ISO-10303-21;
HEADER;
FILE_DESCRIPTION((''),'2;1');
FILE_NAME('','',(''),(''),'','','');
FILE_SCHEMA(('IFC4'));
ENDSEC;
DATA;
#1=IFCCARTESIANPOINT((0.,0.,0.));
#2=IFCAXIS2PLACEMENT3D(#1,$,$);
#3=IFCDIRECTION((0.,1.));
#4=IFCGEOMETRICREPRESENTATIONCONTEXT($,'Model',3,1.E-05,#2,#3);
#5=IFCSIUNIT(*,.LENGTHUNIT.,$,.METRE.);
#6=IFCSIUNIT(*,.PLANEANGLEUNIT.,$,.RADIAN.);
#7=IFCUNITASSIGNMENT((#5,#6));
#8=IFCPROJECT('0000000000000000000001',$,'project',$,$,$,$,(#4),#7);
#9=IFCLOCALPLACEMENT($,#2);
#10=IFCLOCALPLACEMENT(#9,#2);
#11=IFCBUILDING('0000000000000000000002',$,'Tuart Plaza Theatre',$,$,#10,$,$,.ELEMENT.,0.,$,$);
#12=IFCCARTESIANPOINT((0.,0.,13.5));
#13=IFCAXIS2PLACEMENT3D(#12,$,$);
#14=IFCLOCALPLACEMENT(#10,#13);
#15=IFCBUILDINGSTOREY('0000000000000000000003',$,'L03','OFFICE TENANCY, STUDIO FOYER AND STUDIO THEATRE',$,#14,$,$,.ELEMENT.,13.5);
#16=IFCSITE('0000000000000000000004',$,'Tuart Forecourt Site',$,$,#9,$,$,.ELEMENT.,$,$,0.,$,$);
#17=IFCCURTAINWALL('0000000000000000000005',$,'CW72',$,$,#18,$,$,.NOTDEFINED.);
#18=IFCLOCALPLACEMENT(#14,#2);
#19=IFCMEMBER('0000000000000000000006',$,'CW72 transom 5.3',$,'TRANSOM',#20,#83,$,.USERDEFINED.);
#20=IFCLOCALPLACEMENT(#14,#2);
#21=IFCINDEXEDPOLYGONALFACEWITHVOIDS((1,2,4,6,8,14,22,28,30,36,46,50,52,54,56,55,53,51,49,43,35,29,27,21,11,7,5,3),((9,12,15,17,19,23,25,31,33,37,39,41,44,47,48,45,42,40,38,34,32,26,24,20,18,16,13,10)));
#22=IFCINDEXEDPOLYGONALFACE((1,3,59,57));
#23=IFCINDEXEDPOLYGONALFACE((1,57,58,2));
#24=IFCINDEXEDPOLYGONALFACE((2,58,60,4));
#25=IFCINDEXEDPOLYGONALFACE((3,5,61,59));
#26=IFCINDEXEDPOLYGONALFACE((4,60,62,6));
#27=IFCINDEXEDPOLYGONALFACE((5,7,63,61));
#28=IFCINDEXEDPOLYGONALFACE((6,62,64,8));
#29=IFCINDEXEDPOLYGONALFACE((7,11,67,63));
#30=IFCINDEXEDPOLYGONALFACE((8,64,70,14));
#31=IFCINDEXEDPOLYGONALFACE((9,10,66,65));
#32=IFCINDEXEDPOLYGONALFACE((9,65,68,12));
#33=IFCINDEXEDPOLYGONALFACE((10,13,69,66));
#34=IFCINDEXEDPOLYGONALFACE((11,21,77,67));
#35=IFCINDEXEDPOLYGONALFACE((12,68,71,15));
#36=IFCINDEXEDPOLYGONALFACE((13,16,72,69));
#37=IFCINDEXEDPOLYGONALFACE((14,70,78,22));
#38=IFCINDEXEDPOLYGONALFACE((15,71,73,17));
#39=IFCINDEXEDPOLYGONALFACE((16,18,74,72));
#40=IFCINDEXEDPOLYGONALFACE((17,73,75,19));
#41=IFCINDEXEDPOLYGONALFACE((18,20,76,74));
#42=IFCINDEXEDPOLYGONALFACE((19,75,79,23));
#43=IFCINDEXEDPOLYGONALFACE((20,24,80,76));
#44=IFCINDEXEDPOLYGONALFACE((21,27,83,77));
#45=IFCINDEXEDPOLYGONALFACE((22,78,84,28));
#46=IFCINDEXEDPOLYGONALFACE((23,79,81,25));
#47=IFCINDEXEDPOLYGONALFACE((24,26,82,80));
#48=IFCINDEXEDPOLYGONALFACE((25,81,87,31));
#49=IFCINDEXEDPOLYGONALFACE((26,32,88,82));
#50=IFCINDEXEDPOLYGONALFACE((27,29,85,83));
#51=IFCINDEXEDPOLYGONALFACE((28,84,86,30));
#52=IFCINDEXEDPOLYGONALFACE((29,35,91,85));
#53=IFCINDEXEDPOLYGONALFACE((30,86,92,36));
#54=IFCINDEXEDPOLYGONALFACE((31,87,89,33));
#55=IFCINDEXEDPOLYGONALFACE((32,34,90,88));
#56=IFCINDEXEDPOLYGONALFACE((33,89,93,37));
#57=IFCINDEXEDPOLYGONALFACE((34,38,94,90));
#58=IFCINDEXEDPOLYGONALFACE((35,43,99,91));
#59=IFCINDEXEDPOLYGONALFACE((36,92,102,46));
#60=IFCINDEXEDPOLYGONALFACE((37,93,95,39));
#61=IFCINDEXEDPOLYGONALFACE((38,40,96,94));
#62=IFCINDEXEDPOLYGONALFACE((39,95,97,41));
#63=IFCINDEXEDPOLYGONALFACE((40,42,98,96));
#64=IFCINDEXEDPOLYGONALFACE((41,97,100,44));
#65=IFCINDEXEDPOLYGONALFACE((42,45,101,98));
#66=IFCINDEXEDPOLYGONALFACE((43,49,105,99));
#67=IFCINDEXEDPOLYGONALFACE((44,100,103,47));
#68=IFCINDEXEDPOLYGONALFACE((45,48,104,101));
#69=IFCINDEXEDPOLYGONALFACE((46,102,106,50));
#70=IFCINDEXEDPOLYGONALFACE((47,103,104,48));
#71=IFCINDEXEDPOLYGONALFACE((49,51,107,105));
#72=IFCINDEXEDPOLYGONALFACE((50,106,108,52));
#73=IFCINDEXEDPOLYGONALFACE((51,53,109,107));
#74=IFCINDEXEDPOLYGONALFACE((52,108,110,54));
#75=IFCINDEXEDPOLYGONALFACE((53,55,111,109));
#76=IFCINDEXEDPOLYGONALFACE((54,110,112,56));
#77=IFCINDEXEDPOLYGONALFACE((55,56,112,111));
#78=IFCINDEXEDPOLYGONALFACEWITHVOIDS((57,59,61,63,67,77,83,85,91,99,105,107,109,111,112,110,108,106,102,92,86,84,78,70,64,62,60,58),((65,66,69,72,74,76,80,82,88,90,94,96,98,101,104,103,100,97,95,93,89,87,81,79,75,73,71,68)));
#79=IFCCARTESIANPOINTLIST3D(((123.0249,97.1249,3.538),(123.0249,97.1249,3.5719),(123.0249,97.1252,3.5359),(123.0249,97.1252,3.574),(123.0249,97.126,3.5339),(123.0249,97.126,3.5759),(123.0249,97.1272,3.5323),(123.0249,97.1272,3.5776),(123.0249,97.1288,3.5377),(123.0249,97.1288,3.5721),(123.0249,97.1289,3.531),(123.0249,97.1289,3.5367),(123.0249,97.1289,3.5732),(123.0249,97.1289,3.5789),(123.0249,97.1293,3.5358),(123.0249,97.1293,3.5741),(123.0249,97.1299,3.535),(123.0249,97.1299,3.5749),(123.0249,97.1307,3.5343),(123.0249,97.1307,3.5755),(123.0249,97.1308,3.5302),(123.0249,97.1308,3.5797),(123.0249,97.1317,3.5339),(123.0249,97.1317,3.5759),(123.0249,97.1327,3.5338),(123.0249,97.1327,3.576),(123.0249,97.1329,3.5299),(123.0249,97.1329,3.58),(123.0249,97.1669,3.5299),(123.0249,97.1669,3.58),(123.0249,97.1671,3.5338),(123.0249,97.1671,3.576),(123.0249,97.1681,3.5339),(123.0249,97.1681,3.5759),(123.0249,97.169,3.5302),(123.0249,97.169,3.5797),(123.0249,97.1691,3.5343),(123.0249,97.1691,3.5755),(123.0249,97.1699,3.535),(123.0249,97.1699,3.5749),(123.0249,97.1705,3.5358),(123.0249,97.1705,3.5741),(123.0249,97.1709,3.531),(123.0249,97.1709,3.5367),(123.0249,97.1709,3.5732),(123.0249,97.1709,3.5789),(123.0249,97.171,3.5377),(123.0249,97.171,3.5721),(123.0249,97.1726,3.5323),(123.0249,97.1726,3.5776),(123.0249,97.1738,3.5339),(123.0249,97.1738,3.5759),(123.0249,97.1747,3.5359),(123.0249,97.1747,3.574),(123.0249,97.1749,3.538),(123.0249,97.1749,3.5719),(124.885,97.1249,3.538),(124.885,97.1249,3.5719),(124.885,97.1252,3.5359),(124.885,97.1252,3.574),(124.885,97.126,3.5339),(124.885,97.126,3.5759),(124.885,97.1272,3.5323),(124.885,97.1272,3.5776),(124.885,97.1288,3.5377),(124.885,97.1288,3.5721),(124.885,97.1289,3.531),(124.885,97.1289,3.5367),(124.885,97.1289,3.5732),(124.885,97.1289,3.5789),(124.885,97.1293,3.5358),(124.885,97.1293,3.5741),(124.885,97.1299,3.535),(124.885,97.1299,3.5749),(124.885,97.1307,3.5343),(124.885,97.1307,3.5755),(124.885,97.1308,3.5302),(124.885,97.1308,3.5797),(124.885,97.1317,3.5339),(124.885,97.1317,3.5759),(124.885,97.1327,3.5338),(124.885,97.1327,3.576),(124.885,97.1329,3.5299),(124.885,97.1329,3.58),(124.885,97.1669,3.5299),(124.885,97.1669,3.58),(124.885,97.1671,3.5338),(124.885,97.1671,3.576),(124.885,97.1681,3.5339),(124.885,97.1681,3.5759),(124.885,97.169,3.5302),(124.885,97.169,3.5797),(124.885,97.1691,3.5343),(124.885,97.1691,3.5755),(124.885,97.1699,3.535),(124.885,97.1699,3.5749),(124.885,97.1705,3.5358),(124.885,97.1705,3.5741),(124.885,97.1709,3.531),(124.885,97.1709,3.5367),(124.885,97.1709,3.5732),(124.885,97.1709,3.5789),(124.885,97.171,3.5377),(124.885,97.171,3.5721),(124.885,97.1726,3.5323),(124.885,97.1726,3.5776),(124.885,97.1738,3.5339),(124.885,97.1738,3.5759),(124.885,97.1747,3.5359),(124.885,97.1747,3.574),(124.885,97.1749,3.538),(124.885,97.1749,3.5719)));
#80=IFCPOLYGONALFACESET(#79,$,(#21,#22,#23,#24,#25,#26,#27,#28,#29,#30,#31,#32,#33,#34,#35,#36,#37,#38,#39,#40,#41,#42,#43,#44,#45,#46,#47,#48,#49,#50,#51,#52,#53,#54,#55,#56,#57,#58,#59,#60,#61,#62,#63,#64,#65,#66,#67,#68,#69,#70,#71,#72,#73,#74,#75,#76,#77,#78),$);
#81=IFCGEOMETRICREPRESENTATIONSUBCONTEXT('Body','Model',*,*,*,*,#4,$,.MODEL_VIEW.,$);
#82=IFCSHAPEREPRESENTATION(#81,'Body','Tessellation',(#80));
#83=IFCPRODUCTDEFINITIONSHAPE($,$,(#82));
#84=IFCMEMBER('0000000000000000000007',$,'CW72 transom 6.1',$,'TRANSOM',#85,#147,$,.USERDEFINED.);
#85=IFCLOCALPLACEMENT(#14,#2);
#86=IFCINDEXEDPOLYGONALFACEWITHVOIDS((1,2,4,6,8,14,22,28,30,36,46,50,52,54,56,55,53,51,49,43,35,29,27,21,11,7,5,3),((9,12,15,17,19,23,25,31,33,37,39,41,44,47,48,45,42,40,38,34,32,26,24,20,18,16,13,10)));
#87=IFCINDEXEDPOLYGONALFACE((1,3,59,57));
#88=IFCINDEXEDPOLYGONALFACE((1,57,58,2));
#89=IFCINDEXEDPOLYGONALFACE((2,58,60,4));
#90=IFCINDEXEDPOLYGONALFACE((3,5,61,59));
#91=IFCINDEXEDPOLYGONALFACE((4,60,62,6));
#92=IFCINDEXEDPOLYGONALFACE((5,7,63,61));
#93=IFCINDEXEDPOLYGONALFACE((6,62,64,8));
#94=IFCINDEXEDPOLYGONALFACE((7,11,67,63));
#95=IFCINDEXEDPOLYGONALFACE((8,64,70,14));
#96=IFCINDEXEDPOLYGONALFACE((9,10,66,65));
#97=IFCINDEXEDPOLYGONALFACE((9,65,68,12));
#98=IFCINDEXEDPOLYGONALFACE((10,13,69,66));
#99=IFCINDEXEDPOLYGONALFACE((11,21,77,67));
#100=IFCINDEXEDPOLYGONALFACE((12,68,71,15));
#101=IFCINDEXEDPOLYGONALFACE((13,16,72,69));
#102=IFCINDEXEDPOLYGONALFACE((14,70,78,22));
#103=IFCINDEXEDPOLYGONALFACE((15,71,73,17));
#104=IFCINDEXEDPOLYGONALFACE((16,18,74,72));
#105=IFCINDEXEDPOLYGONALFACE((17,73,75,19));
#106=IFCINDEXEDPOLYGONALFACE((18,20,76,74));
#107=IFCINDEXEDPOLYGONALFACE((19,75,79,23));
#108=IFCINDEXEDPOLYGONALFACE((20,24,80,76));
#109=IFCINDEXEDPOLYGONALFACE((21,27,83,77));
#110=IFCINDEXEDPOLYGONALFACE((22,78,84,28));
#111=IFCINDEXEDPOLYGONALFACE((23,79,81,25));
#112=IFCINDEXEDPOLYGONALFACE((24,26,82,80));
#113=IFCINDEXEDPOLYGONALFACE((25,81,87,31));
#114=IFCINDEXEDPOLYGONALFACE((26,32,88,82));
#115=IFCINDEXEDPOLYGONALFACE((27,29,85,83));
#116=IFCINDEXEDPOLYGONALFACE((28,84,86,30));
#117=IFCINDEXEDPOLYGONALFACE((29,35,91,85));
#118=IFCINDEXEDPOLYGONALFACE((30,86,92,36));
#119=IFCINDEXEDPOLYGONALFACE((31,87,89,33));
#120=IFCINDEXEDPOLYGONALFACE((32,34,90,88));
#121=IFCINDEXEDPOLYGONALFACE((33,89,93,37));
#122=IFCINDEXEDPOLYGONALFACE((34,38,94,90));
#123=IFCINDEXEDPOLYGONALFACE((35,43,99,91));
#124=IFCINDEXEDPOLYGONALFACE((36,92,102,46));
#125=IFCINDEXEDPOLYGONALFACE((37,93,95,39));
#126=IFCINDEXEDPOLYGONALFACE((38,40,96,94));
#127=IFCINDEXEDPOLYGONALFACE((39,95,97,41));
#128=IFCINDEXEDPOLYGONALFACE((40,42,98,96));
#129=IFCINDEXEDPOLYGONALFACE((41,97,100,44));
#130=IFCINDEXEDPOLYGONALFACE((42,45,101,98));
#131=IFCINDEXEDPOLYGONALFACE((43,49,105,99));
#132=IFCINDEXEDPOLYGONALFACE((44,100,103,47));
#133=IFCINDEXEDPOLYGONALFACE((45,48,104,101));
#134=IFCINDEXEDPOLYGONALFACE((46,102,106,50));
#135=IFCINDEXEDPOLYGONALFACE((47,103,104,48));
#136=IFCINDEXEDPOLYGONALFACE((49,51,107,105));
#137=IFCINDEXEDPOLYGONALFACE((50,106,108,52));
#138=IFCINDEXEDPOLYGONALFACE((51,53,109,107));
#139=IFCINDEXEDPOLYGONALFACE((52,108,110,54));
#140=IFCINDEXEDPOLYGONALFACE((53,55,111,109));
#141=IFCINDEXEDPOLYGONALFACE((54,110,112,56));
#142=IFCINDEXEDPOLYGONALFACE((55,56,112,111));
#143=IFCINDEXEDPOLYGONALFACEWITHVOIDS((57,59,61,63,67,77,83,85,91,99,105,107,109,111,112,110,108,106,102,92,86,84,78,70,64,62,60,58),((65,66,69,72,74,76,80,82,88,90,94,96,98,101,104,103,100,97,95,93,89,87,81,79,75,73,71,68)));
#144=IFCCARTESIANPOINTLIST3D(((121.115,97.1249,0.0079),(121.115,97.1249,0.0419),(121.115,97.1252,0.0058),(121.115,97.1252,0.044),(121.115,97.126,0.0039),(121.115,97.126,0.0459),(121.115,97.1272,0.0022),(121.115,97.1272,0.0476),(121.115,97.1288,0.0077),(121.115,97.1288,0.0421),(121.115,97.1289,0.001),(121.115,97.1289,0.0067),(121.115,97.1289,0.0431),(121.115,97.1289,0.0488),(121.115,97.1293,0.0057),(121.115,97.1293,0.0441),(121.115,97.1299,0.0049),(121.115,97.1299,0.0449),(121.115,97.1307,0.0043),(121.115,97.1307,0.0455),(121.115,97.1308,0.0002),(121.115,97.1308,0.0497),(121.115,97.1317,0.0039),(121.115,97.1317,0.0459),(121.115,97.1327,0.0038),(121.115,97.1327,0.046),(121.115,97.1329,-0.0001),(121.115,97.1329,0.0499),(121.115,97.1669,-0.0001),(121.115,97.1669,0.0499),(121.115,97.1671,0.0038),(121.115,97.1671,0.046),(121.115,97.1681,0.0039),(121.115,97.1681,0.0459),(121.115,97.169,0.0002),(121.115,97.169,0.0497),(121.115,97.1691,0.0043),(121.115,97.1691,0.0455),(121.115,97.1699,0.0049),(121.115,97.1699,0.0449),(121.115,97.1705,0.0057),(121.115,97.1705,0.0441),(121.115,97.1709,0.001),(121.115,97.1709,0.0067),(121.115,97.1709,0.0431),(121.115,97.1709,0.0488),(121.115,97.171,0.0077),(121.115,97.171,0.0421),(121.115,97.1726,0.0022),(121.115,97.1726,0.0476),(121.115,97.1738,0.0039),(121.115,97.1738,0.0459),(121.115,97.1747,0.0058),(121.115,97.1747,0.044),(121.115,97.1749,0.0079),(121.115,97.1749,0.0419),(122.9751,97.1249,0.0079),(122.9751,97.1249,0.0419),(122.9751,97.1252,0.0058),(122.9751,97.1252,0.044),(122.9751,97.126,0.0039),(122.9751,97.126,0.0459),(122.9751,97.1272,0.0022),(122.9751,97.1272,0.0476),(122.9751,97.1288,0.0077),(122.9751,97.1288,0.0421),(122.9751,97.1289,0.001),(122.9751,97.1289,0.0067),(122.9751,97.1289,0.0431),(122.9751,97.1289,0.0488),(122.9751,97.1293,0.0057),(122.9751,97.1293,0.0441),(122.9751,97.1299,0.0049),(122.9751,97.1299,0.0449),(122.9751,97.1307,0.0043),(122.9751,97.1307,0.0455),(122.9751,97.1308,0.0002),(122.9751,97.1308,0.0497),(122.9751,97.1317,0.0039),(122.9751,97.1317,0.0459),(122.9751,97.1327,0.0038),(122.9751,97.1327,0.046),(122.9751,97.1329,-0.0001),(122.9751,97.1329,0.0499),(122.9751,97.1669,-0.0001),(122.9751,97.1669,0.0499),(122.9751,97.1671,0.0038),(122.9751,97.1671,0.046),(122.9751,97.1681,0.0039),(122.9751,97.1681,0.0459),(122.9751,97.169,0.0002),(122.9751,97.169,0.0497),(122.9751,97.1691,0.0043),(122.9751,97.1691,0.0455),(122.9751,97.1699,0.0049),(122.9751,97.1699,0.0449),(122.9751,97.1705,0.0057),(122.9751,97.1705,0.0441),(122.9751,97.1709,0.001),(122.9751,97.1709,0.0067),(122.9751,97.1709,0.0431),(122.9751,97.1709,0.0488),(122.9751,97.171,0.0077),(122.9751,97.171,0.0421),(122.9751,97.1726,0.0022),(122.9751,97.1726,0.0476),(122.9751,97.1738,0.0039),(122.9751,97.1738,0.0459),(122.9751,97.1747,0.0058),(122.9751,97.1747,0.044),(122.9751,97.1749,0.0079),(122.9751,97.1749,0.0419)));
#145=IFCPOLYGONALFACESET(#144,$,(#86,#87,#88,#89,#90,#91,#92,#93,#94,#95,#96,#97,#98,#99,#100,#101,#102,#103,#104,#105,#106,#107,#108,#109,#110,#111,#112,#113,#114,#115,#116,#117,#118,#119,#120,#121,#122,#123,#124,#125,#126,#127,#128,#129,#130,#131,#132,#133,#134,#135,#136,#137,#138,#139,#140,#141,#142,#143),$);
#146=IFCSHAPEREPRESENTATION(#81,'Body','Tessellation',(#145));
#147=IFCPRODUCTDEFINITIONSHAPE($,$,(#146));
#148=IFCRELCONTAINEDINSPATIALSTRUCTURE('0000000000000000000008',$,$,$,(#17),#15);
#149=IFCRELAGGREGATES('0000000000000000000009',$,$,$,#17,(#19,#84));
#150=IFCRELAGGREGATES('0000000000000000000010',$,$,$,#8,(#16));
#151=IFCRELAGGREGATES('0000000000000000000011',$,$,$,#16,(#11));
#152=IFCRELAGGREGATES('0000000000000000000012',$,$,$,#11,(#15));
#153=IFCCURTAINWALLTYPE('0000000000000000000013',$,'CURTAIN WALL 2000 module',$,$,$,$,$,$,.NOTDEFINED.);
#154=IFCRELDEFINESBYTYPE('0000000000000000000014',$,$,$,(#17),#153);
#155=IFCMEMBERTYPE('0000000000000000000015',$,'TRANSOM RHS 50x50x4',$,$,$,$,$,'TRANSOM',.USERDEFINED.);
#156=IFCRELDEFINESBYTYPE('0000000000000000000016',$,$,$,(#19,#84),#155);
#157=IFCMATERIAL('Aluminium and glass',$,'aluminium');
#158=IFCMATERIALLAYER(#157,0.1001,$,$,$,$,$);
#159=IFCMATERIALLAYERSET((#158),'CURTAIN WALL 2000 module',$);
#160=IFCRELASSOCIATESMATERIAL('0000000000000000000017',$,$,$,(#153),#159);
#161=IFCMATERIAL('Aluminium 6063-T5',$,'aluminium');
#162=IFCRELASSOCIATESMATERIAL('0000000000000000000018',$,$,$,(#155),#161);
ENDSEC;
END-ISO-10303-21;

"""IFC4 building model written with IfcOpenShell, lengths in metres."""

from ifc_helpers import new_model, si_unit, direction, frame, origin, origin_2d, place, context, subcontext, project, spatial, hollow_rectangle, extrude, material, layer, layer_set, material_profile, profile_set, type_object, element, aggregate, save


model = new_model("IFC4")

# Units and contexts
model_context = context("Model", 3, precision=1e-05, world=origin(), true_north=direction((0.0, 1.0)))
body_context = subcontext(model_context, "Body", "Model", "MODEL_VIEW")
ifc_project = project(units=[si_unit("LENGTHUNIT", "METRE"), si_unit("PLANEANGLEUNIT", "RADIAN")], contexts=[model_context])

# Site, building, storey
site_placement = place(None, origin())
site = spatial("IfcSite", under=ifc_project, at=site_placement, Name="Tuart Forecourt Site", CompositionType="ELEMENT", RefElevation=0.0)
building_placement = place(site_placement, origin())
building = spatial("IfcBuilding", under=site, at=building_placement, Name="Tuart Plaza Theatre", CompositionType="ELEMENT", ElevationOfRefHeight=0.0)
storey_placement = place(building_placement, frame((0.0, 0.0, 13.5)))
storey = spatial("IfcBuildingStorey", under=building, at=storey_placement, Name="L03", Description="OFFICE TENANCY, STUDIO FOYER AND STUDIO THEATRE", CompositionType="ELEMENT", Elevation=13.5)

# Curtain wall, members
ifc_material_1 = material(Name="Aluminium and glass", Category="aluminium")
ifc_layer_1 = layer(ifc_material_1, 0.1001)
ifc_layer_set_1 = layer_set([ifc_layer_1], Name="CURTAIN WALL 2000 module")
curtain_wall_type = type_object("IfcCurtainWallType", Name="CURTAIN WALL 2000 module", PredefinedType="NOTDEFINED", material=ifc_layer_set_1)
curtain_wall_placement = place(storey_placement, origin())
curtain_wall = element("IfcCurtainWall", 1, at=curtain_wall_placement, inside=storey, type_object=curtain_wall_type, Name="CW72", PredefinedType="NOTDEFINED")
ifc_material_2 = material(Name="Aluminium 6063-T5", Category="aluminium")
ifc_material_profile_1 = material_profile(ifc_material_2, hollow_rectangle(XDim=0.05, YDim=0.05, WallThickness=0.0039, InnerFilletRadius=0.0039, OuterFilletRadius=0.0081, at=origin_2d()), Name="RHS 50x50x4")
ifc_profile_set_1 = profile_set([ifc_material_profile_1], Name="Aluminium 6063-T5")
member_type_1 = type_object("IfcMemberType", Name="TRANSOM RHS 50x50x4", ElementType="TRANSOM", PredefinedType="USERDEFINED", material=ifc_profile_set_1)
member_1_placement = place(storey_placement, frame((124.885, 97.1499, 3.5549), z_axis=(-1.0, 0.0, 0.0), x_axis=(0.0, -1.0, 0.0)))
member_1 = element("IfcMember", 2, at=member_1_placement, type_object=member_type_1, Name="CW72 transom 5.3", ObjectType="TRANSOM", PredefinedType="USERDEFINED", context=body_context, shape_type="SweptSolid", body=[
    extrude(hollow_rectangle(XDim=0.05, YDim=0.05, WallThickness=0.0039, InnerFilletRadius=0.0039, OuterFilletRadius=0.0081, at=origin_2d()), origin(), (0.0, 0.0, 1.0), 1.8601),
])
member_2_placement = place(storey_placement, frame((122.9751, 97.1499, 0.0249), z_axis=(-1.0, 0.0, 0.0), x_axis=(0.0, -1.0, 0.0)))
member_2 = element("IfcMember", 3, at=member_2_placement, type_object=member_type_1, Name="CW72 transom 6.1", ObjectType="TRANSOM", PredefinedType="USERDEFINED", context=body_context, shape_type="SweptSolid", body=[
    extrude(hollow_rectangle(XDim=0.05, YDim=0.05, WallThickness=0.0039, InnerFilletRadius=0.0039, OuterFilletRadius=0.0081, at=origin_2d()), origin(), (0.0, 0.0, 1.0), 1.8601),
])
aggregate(curtain_wall, [member_1, member_2])

save(model, "model.ifc")
